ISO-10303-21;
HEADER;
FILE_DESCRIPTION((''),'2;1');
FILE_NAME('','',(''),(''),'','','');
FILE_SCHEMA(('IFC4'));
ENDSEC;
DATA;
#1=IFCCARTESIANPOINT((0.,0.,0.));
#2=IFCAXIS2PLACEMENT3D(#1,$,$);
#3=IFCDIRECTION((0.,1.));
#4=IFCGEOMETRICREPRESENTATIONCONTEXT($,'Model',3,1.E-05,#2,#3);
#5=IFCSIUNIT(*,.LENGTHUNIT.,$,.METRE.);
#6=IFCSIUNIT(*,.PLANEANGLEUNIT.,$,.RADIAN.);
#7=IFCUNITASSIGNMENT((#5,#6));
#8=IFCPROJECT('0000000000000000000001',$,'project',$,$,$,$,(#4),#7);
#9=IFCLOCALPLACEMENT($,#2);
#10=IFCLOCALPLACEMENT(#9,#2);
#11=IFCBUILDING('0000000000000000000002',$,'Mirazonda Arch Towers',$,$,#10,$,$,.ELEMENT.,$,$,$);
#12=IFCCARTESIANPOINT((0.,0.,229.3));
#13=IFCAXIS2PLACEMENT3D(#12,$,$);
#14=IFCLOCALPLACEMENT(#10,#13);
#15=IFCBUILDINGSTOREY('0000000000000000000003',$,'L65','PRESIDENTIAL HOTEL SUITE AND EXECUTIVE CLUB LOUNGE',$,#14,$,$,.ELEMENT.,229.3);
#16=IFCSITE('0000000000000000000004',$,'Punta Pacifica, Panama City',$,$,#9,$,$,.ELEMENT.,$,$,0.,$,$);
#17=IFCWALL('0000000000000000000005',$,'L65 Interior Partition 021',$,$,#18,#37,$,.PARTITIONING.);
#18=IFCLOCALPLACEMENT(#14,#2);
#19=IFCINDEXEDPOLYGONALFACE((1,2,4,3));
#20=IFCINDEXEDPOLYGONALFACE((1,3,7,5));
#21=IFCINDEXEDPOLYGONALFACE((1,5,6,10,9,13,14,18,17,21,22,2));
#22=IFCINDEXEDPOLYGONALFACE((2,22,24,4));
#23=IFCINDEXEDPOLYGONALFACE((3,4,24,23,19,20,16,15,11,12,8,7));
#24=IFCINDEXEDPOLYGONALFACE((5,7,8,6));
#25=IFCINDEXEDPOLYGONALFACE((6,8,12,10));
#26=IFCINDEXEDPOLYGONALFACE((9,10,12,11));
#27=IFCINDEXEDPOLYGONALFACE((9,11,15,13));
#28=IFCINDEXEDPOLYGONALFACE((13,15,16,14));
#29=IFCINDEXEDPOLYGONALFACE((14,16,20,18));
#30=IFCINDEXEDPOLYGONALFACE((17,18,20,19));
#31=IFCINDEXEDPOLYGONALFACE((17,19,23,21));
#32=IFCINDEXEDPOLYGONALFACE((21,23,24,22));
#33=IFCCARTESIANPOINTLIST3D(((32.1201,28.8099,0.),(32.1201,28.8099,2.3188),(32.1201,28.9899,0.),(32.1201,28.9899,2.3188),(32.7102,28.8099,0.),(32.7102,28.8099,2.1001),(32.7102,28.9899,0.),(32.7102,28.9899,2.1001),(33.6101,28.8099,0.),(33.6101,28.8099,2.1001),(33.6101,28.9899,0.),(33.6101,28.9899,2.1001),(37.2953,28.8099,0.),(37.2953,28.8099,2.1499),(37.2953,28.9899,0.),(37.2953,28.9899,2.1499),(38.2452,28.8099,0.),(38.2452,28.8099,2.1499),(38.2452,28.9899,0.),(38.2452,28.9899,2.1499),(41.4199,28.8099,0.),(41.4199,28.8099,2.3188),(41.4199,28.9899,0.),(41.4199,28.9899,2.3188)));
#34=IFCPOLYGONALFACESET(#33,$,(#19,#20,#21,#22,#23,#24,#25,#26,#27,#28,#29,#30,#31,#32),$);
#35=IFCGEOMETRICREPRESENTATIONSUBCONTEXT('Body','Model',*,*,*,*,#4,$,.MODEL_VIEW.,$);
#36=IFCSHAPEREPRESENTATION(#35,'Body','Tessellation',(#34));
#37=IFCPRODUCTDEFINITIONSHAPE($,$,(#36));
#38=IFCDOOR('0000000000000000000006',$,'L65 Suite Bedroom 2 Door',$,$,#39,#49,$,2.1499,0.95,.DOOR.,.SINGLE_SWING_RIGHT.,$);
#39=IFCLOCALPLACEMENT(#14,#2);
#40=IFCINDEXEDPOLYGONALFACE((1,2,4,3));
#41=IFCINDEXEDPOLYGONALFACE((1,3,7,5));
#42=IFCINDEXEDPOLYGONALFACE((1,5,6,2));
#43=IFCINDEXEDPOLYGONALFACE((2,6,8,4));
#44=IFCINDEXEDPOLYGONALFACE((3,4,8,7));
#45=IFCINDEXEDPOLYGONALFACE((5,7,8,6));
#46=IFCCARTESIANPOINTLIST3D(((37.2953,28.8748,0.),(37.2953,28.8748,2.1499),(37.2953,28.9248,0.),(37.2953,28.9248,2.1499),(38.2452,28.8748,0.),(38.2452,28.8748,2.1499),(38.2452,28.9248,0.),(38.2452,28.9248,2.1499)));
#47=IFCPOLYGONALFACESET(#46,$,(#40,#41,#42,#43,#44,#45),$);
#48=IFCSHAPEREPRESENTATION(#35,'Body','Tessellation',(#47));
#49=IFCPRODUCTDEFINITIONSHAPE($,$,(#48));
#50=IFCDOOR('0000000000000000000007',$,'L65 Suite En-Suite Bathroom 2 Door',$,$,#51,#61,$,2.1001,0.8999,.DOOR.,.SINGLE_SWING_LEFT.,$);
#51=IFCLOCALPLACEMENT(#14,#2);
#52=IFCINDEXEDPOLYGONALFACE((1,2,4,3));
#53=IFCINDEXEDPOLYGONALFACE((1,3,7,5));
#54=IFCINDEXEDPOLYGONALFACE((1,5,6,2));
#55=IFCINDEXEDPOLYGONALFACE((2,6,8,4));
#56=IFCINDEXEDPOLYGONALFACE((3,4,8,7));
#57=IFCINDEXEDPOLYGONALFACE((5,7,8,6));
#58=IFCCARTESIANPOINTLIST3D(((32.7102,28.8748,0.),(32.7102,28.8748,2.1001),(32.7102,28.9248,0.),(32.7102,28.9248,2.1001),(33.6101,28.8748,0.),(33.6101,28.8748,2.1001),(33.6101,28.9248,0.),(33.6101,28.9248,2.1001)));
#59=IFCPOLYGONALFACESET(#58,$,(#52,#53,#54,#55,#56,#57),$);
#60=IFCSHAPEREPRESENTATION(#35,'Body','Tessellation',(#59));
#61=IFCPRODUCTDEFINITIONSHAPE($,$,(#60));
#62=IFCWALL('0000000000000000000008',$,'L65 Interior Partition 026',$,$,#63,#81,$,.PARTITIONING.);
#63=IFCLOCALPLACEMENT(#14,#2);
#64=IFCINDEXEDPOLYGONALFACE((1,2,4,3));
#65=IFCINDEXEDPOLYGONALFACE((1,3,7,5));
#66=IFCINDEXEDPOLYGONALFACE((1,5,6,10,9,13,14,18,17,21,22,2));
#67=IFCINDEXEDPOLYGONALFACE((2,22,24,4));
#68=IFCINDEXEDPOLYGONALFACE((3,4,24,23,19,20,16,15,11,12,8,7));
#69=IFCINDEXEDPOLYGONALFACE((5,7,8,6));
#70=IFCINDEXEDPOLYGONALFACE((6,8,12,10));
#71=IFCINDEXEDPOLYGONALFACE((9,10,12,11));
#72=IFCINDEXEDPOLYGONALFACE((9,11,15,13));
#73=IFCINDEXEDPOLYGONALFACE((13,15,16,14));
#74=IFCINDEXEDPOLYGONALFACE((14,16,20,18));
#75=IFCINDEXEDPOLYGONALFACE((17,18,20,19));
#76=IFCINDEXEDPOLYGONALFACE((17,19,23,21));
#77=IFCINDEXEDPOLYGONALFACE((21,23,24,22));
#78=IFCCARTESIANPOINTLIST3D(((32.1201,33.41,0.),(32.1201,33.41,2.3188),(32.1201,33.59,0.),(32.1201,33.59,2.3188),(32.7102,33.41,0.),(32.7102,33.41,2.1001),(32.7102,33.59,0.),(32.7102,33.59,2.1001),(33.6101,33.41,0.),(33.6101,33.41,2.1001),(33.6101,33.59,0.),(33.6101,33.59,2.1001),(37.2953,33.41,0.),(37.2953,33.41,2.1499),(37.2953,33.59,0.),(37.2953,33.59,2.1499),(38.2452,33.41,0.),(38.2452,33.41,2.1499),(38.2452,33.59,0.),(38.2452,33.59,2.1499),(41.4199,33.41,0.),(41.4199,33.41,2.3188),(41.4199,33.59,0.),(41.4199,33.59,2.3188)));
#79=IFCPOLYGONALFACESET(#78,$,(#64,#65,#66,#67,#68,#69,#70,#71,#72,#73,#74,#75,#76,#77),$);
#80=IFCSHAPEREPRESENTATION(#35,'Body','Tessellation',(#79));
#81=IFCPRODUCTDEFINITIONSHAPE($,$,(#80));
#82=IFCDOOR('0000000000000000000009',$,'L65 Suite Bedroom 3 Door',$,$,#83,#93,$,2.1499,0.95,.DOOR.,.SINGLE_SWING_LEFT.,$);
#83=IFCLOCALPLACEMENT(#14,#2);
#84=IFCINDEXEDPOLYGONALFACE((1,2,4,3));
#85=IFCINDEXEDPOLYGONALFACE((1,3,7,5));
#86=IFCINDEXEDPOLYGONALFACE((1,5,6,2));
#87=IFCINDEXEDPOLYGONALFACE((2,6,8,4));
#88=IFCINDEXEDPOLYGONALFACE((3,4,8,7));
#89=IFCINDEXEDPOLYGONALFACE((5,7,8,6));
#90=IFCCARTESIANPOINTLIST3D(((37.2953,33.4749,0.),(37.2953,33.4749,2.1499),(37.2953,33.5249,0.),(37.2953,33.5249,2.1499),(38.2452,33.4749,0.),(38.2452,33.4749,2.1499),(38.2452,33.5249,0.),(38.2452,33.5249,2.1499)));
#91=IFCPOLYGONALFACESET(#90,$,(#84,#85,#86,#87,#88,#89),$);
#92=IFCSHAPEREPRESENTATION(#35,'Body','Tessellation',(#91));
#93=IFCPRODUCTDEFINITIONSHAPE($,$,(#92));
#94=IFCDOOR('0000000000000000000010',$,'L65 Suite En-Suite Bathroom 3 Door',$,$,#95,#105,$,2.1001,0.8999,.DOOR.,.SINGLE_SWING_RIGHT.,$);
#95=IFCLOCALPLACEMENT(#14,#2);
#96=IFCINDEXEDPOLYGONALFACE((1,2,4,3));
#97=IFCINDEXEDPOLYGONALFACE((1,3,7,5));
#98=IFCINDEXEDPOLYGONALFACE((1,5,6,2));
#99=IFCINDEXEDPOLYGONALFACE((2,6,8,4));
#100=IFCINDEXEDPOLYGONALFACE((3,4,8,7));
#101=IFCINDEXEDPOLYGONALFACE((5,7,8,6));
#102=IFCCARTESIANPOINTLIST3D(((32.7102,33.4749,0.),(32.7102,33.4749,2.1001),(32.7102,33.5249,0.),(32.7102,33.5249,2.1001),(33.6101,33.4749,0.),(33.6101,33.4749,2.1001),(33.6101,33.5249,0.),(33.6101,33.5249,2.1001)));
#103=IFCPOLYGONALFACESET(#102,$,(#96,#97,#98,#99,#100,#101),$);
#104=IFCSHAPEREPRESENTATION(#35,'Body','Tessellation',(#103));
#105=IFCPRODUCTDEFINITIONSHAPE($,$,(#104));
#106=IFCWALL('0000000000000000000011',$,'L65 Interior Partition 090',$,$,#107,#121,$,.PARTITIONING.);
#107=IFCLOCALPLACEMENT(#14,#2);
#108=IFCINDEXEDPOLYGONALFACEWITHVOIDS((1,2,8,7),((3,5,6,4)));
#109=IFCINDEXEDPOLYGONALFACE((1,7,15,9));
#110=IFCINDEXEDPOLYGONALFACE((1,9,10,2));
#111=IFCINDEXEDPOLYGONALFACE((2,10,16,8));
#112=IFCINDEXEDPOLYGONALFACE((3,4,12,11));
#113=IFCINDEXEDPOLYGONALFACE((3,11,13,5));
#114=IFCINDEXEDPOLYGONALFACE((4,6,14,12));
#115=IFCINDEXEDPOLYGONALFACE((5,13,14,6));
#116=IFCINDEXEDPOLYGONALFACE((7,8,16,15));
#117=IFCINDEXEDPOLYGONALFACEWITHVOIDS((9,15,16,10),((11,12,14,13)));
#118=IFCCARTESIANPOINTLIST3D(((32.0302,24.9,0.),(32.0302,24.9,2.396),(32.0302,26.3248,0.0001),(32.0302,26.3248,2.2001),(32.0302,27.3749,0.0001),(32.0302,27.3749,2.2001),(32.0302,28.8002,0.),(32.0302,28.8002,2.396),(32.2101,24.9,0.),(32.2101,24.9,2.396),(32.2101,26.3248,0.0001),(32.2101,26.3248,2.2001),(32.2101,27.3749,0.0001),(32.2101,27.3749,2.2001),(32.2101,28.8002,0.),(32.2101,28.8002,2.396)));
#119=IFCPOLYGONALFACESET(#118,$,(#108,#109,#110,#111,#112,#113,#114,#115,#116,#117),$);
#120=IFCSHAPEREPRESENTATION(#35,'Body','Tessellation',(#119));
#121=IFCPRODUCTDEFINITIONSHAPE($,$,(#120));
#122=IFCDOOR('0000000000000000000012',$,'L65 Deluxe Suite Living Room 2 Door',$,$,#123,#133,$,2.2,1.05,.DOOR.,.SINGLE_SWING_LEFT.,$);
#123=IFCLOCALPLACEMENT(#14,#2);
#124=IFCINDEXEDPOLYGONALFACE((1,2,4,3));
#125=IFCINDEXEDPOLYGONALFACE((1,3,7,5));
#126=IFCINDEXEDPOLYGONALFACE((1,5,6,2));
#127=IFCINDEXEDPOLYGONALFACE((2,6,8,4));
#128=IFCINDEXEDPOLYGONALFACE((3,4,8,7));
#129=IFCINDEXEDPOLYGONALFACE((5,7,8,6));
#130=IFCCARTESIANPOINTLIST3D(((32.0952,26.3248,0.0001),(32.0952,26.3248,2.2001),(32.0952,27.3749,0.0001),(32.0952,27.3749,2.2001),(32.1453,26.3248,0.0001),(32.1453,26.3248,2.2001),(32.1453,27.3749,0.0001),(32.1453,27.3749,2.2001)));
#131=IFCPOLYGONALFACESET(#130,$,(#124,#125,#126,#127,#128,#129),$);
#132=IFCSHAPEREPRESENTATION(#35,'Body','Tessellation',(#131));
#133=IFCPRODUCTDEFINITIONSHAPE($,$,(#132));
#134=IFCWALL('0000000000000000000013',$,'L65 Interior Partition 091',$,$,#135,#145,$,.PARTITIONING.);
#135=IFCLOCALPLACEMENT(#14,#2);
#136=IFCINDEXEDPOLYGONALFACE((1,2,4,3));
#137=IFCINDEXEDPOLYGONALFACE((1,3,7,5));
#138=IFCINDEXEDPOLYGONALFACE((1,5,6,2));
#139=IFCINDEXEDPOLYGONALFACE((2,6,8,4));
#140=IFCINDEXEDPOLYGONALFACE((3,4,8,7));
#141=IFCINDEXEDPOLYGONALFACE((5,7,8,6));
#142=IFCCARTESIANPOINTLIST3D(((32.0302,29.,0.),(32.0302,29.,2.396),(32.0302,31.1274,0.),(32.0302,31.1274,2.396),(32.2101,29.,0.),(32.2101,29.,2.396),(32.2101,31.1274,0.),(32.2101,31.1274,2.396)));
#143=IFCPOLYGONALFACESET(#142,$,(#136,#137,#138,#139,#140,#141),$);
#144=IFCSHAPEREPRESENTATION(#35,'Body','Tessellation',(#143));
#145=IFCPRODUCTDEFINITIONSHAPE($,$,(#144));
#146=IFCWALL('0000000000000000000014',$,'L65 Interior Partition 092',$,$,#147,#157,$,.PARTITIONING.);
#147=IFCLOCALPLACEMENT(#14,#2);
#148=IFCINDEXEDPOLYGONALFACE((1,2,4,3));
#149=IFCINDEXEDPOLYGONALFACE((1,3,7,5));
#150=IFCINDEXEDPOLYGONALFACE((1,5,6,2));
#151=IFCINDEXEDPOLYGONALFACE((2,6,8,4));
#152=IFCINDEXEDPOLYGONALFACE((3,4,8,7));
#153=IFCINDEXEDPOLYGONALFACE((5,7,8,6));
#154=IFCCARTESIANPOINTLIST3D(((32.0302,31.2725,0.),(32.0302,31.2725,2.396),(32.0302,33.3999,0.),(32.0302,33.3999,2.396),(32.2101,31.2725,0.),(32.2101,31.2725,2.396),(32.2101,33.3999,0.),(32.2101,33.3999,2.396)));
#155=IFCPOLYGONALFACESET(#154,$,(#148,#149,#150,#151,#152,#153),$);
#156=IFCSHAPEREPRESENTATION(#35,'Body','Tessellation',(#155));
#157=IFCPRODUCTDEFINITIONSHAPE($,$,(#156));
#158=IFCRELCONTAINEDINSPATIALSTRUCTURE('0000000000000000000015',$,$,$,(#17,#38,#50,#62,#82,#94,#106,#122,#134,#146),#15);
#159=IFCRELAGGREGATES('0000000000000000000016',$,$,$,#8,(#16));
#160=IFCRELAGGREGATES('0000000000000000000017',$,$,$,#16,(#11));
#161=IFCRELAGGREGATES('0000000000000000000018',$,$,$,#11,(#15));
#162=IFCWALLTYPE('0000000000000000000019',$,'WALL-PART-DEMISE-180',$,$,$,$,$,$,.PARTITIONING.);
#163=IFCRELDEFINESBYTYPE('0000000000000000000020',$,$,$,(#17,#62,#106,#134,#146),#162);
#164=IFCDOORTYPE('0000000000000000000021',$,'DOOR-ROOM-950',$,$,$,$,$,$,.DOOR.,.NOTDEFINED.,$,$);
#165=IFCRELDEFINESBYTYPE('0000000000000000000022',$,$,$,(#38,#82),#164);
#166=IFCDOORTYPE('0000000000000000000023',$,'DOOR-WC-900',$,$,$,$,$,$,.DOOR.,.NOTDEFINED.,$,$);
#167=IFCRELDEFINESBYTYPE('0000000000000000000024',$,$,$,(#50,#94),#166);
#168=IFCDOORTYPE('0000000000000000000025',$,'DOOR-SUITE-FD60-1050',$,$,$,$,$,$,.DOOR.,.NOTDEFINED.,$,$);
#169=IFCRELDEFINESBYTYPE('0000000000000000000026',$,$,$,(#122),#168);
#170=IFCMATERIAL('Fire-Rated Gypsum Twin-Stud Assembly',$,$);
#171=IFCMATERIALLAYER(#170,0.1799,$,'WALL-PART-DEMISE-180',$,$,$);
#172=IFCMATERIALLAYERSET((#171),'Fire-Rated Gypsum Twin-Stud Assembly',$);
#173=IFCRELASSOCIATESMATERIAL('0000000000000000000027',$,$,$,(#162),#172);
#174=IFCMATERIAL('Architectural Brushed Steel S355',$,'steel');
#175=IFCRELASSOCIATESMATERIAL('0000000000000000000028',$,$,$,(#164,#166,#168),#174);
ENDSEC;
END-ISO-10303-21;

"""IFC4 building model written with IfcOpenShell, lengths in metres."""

from ifc_helpers import new_model, si_unit, direction, frame, frame_2d, origin, place, context, subcontext, project, spatial, rectangle, extrude, material, layer, layer_set, type_object, element, fill, save


model = new_model("IFC4")

# Units and contexts
model_context = context("Model", 3, precision=1e-05, world=origin(), true_north=direction((0.0, 1.0)))
body_context = subcontext(model_context, "Body", "Model", "MODEL_VIEW")
ifc_project = project(units=[si_unit("LENGTHUNIT", "METRE"), si_unit("PLANEANGLEUNIT", "RADIAN")], contexts=[model_context])

# Site, building, storey
site_placement = place(None, origin())
site = spatial("IfcSite", under=ifc_project, at=site_placement, Name="Punta Pacifica, Panama City", CompositionType="ELEMENT", RefElevation=0.0)
building_placement = place(site_placement, origin())
building = spatial("IfcBuilding", under=site, at=building_placement, Name="Mirazonda Arch Towers", CompositionType="ELEMENT")
storey_placement = place(building_placement, frame((0.0, 0.0, 229.3)))
storey = spatial("IfcBuildingStorey", under=building, at=storey_placement, Name="L65", Description="PRESIDENTIAL HOTEL SUITE AND EXECUTIVE CLUB LOUNGE", CompositionType="ELEMENT", Elevation=229.3)

# Walls, openings, doors
ifc_material_1 = material(Name="Fire-Rated Gypsum Twin-Stud Assembly")
ifc_layer_1 = layer(ifc_material_1, 0.1799, Name="WALL-PART-DEMISE-180")
ifc_layer_set_1 = layer_set([ifc_layer_1], Name="Fire-Rated Gypsum Twin-Stud Assembly")
wall_type_1 = type_object("IfcWallType", Name="WALL-PART-DEMISE-180", PredefinedType="PARTITIONING", material=ifc_layer_set_1)
wall_1_placement = place(storey_placement, frame((32.1201, 28.8999, 0.0), z_axis=(0.0, 0.0, 1.0), x_axis=(1.0, 0.0, 0.0)))
wall_1 = element("IfcWall", 1, at=wall_1_placement, inside=storey, type_object=wall_type_1, Name="L65 Interior Partition 021", PredefinedType="PARTITIONING", context=body_context, shape_type="SweptSolid", body=[
    extrude(rectangle(XDim=9.2998, YDim=0.1799, at=frame_2d((4.6499, 0.0))), origin(), (0.0, 0.0, 1.0), 2.3188),
])
opening_1_placement = place(wall_1_placement, frame((5.175, 0.0, 0.0)))
opening_1 = element("IfcOpeningElement", 2, at=opening_1_placement, cuts=wall_1, PredefinedType="OPENING", context=body_context, shape_type="SweptSolid", body=[
    extrude(rectangle(XDim=0.95, YDim=2.1499, at=frame_2d((0.4751, 1.075))), frame((0.0, 0.0999, 0.0), z_axis=(0.0, -1.0, 0.0), x_axis=(1.0, 0.0, 0.0)), (0.0, 0.0, 1.0), 0.2),
])
opening_2_placement = place(wall_1_placement, frame((0.5901, 0.0, 0.0)))
opening_2 = element("IfcOpeningElement", 3, at=opening_2_placement, cuts=wall_1, PredefinedType="OPENING", context=body_context, shape_type="SweptSolid", body=[
    extrude(rectangle(XDim=0.8999, YDim=2.1001, at=frame_2d((0.45, 1.05))), frame((0.0, 0.0999, 0.0), z_axis=(0.0, -1.0, 0.0), x_axis=(1.0, 0.0, 0.0)), (0.0, 0.0, 1.0), 0.2),
])
ifc_material_2 = material(Name="Architectural Brushed Steel S355", Category="steel")
door_type_1 = type_object("IfcDoorType", Name="DOOR-ROOM-950", OperationType="NOTDEFINED", PredefinedType="DOOR", material=ifc_material_2)
door_1_placement = place(opening_1_placement, origin())
door_1 = element("IfcDoor", 4, at=door_1_placement, inside=storey, type_object=door_type_1, Name="L65 Suite Bedroom 2 Door", OperationType="SINGLE_SWING_RIGHT", OverallHeight=2.1499, OverallWidth=0.95, PredefinedType="DOOR", context=body_context, shape_type="SweptSolid", body=[
    extrude(rectangle(XDim=0.95, YDim=2.1499, at=frame_2d((0.4751, 1.075))), frame((0.0, 0.0249, 0.0), z_axis=(0.0, -1.0, 0.0), x_axis=(1.0, 0.0, 0.0)), (0.0, 0.0, 1.0), 0.05),
])
fill(opening_1, door_1)
door_type_2 = type_object("IfcDoorType", Name="DOOR-WC-900", OperationType="NOTDEFINED", PredefinedType="DOOR", material=ifc_material_2)
door_2_placement = place(opening_2_placement, origin())
door_2 = element("IfcDoor", 5, at=door_2_placement, inside=storey, type_object=door_type_2, Name="L65 Suite En-Suite Bathroom 2 Door", OperationType="SINGLE_SWING_LEFT", OverallHeight=2.1001, OverallWidth=0.8999, PredefinedType="DOOR", context=body_context, shape_type="SweptSolid", body=[
    extrude(rectangle(XDim=0.8999, YDim=2.1001, at=frame_2d((0.45, 1.05))), frame((0.0, 0.0249, 0.0), z_axis=(0.0, -1.0, 0.0), x_axis=(1.0, 0.0, 0.0)), (0.0, 0.0, 1.0), 0.05),
])
fill(opening_2, door_2)
wall_2_placement = place(storey_placement, frame((32.1201, 33.5, 0.0), z_axis=(0.0, 0.0, 1.0), x_axis=(1.0, 0.0, 0.0)))
wall_2 = element("IfcWall", 6, at=wall_2_placement, inside=storey, type_object=wall_type_1, Name="L65 Interior Partition 026", PredefinedType="PARTITIONING", context=body_context, shape_type="SweptSolid", body=[
    extrude(rectangle(XDim=9.2998, YDim=0.1799, at=frame_2d((4.6499, 0.0))), origin(), (0.0, 0.0, 1.0), 2.3188),
])
opening_3_placement = place(wall_2_placement, frame((5.175, 0.0, 0.0)))
opening_3 = element("IfcOpeningElement", 7, at=opening_3_placement, cuts=wall_2, PredefinedType="OPENING", context=body_context, shape_type="SweptSolid", body=[
    extrude(rectangle(XDim=0.95, YDim=2.1499, at=frame_2d((0.4751, 1.075))), frame((0.0, 0.0999, 0.0), z_axis=(0.0, -1.0, 0.0), x_axis=(1.0, 0.0, 0.0)), (0.0, 0.0, 1.0), 0.2),
])
opening_4_placement = place(wall_2_placement, frame((0.5901, 0.0, 0.0)))
opening_4 = element("IfcOpeningElement", 8, at=opening_4_placement, cuts=wall_2, PredefinedType="OPENING", context=body_context, shape_type="SweptSolid", body=[
    extrude(rectangle(XDim=0.8999, YDim=2.1001, at=frame_2d((0.45, 1.05))), frame((0.0, 0.0999, 0.0), z_axis=(0.0, -1.0, 0.0), x_axis=(1.0, 0.0, 0.0)), (0.0, 0.0, 1.0), 0.2),
])
door_3_placement = place(opening_3_placement, origin())
door_3 = element("IfcDoor", 9, at=door_3_placement, inside=storey, type_object=door_type_1, Name="L65 Suite Bedroom 3 Door", OperationType="SINGLE_SWING_LEFT", OverallHeight=2.1499, OverallWidth=0.95, PredefinedType="DOOR", context=body_context, shape_type="SweptSolid", body=[
    extrude(rectangle(XDim=0.95, YDim=2.1499, at=frame_2d((0.4751, 1.075))), frame((0.0, 0.0249, 0.0), z_axis=(0.0, -1.0, 0.0), x_axis=(1.0, 0.0, 0.0)), (0.0, 0.0, 1.0), 0.05),
])
fill(opening_3, door_3)
door_4_placement = place(opening_4_placement, origin())
door_4 = element("IfcDoor", 10, at=door_4_placement, inside=storey, type_object=door_type_2, Name="L65 Suite En-Suite Bathroom 3 Door", OperationType="SINGLE_SWING_RIGHT", OverallHeight=2.1001, OverallWidth=0.8999, PredefinedType="DOOR", context=body_context, shape_type="SweptSolid", body=[
    extrude(rectangle(XDim=0.8999, YDim=2.1001, at=frame_2d((0.45, 1.05))), frame((0.0, 0.0249, 0.0), z_axis=(0.0, -1.0, 0.0), x_axis=(1.0, 0.0, 0.0)), (0.0, 0.0, 1.0), 0.05),
])
fill(opening_4, door_4)

# Wall, opening, door
wall_3_placement = place(storey_placement, frame((32.1201, 24.8999, 0.0), z_axis=(0.0, 0.0, 1.0), x_axis=(0.0, 1.0, 0.0)))
wall_3 = element("IfcWall", 11, at=wall_3_placement, inside=storey, type_object=wall_type_1, Name="L65 Interior Partition 090", PredefinedType="PARTITIONING", context=body_context, shape_type="SweptSolid", body=[
    extrude(rectangle(XDim=3.9001, YDim=0.1799, at=frame_2d((1.9502, 0.0))), origin(), (0.0, 0.0, 1.0), 2.396),
])
opening_5_placement = place(wall_3_placement, frame((1.425, 0.0, 0.0)))
opening_5 = element("IfcOpeningElement", 12, at=opening_5_placement, cuts=wall_3, PredefinedType="OPENING", context=body_context, shape_type="SweptSolid", body=[
    extrude(rectangle(XDim=1.05, YDim=2.2, at=frame_2d((0.5249, 1.1001))), frame((0.0, 0.0999, 0.0), z_axis=(0.0, -1.0, 0.0), x_axis=(1.0, 0.0, 0.0)), (0.0, 0.0, 1.0), 0.2),
])
door_type_3 = type_object("IfcDoorType", Name="DOOR-SUITE-FD60-1050", OperationType="NOTDEFINED", PredefinedType="DOOR", material=ifc_material_2)
door_5_placement = place(opening_5_placement, origin())
door_5 = element("IfcDoor", 13, at=door_5_placement, inside=storey, type_object=door_type_3, Name="L65 Deluxe Suite Living Room 2 Door", OperationType="SINGLE_SWING_LEFT", OverallHeight=2.2, OverallWidth=1.05, PredefinedType="DOOR", context=body_context, shape_type="SweptSolid", body=[
    extrude(rectangle(XDim=1.05, YDim=2.2, at=frame_2d((0.5249, 1.1001))), frame((0.0, 0.0249, 0.0), z_axis=(0.0, -1.0, 0.0), x_axis=(1.0, 0.0, 0.0)), (0.0, 0.0, 1.0), 0.05),
])
fill(opening_5, door_5)

# Walls
for number, where, z_axis, x_axis, name in (
    (14, (32.1201, 29.0, 0.0), (0.0, 0.0, 1.0), (0.0, 1.0, 0.0), "L65 Interior Partition 091"),
    (15, (32.1201, 31.2725, 0.0), (0.0, 0.0, 1.0), (0.0, 1.0, 0.0), "L65 Interior Partition 092"),
):
    element("IfcWall", number, at=place(storey_placement, frame(where, z_axis=z_axis, x_axis=x_axis)), inside=storey, type_object=wall_type_1, Name=name, PredefinedType="PARTITIONING", context=body_context, shape_type="SweptSolid", body=[
        extrude(rectangle(XDim=2.1274, YDim=0.1799, at=frame_2d((1.0637, 0.0))), origin(), (0.0, 0.0, 1.0), 2.396),
    ])

save(model, "model.ifc")
